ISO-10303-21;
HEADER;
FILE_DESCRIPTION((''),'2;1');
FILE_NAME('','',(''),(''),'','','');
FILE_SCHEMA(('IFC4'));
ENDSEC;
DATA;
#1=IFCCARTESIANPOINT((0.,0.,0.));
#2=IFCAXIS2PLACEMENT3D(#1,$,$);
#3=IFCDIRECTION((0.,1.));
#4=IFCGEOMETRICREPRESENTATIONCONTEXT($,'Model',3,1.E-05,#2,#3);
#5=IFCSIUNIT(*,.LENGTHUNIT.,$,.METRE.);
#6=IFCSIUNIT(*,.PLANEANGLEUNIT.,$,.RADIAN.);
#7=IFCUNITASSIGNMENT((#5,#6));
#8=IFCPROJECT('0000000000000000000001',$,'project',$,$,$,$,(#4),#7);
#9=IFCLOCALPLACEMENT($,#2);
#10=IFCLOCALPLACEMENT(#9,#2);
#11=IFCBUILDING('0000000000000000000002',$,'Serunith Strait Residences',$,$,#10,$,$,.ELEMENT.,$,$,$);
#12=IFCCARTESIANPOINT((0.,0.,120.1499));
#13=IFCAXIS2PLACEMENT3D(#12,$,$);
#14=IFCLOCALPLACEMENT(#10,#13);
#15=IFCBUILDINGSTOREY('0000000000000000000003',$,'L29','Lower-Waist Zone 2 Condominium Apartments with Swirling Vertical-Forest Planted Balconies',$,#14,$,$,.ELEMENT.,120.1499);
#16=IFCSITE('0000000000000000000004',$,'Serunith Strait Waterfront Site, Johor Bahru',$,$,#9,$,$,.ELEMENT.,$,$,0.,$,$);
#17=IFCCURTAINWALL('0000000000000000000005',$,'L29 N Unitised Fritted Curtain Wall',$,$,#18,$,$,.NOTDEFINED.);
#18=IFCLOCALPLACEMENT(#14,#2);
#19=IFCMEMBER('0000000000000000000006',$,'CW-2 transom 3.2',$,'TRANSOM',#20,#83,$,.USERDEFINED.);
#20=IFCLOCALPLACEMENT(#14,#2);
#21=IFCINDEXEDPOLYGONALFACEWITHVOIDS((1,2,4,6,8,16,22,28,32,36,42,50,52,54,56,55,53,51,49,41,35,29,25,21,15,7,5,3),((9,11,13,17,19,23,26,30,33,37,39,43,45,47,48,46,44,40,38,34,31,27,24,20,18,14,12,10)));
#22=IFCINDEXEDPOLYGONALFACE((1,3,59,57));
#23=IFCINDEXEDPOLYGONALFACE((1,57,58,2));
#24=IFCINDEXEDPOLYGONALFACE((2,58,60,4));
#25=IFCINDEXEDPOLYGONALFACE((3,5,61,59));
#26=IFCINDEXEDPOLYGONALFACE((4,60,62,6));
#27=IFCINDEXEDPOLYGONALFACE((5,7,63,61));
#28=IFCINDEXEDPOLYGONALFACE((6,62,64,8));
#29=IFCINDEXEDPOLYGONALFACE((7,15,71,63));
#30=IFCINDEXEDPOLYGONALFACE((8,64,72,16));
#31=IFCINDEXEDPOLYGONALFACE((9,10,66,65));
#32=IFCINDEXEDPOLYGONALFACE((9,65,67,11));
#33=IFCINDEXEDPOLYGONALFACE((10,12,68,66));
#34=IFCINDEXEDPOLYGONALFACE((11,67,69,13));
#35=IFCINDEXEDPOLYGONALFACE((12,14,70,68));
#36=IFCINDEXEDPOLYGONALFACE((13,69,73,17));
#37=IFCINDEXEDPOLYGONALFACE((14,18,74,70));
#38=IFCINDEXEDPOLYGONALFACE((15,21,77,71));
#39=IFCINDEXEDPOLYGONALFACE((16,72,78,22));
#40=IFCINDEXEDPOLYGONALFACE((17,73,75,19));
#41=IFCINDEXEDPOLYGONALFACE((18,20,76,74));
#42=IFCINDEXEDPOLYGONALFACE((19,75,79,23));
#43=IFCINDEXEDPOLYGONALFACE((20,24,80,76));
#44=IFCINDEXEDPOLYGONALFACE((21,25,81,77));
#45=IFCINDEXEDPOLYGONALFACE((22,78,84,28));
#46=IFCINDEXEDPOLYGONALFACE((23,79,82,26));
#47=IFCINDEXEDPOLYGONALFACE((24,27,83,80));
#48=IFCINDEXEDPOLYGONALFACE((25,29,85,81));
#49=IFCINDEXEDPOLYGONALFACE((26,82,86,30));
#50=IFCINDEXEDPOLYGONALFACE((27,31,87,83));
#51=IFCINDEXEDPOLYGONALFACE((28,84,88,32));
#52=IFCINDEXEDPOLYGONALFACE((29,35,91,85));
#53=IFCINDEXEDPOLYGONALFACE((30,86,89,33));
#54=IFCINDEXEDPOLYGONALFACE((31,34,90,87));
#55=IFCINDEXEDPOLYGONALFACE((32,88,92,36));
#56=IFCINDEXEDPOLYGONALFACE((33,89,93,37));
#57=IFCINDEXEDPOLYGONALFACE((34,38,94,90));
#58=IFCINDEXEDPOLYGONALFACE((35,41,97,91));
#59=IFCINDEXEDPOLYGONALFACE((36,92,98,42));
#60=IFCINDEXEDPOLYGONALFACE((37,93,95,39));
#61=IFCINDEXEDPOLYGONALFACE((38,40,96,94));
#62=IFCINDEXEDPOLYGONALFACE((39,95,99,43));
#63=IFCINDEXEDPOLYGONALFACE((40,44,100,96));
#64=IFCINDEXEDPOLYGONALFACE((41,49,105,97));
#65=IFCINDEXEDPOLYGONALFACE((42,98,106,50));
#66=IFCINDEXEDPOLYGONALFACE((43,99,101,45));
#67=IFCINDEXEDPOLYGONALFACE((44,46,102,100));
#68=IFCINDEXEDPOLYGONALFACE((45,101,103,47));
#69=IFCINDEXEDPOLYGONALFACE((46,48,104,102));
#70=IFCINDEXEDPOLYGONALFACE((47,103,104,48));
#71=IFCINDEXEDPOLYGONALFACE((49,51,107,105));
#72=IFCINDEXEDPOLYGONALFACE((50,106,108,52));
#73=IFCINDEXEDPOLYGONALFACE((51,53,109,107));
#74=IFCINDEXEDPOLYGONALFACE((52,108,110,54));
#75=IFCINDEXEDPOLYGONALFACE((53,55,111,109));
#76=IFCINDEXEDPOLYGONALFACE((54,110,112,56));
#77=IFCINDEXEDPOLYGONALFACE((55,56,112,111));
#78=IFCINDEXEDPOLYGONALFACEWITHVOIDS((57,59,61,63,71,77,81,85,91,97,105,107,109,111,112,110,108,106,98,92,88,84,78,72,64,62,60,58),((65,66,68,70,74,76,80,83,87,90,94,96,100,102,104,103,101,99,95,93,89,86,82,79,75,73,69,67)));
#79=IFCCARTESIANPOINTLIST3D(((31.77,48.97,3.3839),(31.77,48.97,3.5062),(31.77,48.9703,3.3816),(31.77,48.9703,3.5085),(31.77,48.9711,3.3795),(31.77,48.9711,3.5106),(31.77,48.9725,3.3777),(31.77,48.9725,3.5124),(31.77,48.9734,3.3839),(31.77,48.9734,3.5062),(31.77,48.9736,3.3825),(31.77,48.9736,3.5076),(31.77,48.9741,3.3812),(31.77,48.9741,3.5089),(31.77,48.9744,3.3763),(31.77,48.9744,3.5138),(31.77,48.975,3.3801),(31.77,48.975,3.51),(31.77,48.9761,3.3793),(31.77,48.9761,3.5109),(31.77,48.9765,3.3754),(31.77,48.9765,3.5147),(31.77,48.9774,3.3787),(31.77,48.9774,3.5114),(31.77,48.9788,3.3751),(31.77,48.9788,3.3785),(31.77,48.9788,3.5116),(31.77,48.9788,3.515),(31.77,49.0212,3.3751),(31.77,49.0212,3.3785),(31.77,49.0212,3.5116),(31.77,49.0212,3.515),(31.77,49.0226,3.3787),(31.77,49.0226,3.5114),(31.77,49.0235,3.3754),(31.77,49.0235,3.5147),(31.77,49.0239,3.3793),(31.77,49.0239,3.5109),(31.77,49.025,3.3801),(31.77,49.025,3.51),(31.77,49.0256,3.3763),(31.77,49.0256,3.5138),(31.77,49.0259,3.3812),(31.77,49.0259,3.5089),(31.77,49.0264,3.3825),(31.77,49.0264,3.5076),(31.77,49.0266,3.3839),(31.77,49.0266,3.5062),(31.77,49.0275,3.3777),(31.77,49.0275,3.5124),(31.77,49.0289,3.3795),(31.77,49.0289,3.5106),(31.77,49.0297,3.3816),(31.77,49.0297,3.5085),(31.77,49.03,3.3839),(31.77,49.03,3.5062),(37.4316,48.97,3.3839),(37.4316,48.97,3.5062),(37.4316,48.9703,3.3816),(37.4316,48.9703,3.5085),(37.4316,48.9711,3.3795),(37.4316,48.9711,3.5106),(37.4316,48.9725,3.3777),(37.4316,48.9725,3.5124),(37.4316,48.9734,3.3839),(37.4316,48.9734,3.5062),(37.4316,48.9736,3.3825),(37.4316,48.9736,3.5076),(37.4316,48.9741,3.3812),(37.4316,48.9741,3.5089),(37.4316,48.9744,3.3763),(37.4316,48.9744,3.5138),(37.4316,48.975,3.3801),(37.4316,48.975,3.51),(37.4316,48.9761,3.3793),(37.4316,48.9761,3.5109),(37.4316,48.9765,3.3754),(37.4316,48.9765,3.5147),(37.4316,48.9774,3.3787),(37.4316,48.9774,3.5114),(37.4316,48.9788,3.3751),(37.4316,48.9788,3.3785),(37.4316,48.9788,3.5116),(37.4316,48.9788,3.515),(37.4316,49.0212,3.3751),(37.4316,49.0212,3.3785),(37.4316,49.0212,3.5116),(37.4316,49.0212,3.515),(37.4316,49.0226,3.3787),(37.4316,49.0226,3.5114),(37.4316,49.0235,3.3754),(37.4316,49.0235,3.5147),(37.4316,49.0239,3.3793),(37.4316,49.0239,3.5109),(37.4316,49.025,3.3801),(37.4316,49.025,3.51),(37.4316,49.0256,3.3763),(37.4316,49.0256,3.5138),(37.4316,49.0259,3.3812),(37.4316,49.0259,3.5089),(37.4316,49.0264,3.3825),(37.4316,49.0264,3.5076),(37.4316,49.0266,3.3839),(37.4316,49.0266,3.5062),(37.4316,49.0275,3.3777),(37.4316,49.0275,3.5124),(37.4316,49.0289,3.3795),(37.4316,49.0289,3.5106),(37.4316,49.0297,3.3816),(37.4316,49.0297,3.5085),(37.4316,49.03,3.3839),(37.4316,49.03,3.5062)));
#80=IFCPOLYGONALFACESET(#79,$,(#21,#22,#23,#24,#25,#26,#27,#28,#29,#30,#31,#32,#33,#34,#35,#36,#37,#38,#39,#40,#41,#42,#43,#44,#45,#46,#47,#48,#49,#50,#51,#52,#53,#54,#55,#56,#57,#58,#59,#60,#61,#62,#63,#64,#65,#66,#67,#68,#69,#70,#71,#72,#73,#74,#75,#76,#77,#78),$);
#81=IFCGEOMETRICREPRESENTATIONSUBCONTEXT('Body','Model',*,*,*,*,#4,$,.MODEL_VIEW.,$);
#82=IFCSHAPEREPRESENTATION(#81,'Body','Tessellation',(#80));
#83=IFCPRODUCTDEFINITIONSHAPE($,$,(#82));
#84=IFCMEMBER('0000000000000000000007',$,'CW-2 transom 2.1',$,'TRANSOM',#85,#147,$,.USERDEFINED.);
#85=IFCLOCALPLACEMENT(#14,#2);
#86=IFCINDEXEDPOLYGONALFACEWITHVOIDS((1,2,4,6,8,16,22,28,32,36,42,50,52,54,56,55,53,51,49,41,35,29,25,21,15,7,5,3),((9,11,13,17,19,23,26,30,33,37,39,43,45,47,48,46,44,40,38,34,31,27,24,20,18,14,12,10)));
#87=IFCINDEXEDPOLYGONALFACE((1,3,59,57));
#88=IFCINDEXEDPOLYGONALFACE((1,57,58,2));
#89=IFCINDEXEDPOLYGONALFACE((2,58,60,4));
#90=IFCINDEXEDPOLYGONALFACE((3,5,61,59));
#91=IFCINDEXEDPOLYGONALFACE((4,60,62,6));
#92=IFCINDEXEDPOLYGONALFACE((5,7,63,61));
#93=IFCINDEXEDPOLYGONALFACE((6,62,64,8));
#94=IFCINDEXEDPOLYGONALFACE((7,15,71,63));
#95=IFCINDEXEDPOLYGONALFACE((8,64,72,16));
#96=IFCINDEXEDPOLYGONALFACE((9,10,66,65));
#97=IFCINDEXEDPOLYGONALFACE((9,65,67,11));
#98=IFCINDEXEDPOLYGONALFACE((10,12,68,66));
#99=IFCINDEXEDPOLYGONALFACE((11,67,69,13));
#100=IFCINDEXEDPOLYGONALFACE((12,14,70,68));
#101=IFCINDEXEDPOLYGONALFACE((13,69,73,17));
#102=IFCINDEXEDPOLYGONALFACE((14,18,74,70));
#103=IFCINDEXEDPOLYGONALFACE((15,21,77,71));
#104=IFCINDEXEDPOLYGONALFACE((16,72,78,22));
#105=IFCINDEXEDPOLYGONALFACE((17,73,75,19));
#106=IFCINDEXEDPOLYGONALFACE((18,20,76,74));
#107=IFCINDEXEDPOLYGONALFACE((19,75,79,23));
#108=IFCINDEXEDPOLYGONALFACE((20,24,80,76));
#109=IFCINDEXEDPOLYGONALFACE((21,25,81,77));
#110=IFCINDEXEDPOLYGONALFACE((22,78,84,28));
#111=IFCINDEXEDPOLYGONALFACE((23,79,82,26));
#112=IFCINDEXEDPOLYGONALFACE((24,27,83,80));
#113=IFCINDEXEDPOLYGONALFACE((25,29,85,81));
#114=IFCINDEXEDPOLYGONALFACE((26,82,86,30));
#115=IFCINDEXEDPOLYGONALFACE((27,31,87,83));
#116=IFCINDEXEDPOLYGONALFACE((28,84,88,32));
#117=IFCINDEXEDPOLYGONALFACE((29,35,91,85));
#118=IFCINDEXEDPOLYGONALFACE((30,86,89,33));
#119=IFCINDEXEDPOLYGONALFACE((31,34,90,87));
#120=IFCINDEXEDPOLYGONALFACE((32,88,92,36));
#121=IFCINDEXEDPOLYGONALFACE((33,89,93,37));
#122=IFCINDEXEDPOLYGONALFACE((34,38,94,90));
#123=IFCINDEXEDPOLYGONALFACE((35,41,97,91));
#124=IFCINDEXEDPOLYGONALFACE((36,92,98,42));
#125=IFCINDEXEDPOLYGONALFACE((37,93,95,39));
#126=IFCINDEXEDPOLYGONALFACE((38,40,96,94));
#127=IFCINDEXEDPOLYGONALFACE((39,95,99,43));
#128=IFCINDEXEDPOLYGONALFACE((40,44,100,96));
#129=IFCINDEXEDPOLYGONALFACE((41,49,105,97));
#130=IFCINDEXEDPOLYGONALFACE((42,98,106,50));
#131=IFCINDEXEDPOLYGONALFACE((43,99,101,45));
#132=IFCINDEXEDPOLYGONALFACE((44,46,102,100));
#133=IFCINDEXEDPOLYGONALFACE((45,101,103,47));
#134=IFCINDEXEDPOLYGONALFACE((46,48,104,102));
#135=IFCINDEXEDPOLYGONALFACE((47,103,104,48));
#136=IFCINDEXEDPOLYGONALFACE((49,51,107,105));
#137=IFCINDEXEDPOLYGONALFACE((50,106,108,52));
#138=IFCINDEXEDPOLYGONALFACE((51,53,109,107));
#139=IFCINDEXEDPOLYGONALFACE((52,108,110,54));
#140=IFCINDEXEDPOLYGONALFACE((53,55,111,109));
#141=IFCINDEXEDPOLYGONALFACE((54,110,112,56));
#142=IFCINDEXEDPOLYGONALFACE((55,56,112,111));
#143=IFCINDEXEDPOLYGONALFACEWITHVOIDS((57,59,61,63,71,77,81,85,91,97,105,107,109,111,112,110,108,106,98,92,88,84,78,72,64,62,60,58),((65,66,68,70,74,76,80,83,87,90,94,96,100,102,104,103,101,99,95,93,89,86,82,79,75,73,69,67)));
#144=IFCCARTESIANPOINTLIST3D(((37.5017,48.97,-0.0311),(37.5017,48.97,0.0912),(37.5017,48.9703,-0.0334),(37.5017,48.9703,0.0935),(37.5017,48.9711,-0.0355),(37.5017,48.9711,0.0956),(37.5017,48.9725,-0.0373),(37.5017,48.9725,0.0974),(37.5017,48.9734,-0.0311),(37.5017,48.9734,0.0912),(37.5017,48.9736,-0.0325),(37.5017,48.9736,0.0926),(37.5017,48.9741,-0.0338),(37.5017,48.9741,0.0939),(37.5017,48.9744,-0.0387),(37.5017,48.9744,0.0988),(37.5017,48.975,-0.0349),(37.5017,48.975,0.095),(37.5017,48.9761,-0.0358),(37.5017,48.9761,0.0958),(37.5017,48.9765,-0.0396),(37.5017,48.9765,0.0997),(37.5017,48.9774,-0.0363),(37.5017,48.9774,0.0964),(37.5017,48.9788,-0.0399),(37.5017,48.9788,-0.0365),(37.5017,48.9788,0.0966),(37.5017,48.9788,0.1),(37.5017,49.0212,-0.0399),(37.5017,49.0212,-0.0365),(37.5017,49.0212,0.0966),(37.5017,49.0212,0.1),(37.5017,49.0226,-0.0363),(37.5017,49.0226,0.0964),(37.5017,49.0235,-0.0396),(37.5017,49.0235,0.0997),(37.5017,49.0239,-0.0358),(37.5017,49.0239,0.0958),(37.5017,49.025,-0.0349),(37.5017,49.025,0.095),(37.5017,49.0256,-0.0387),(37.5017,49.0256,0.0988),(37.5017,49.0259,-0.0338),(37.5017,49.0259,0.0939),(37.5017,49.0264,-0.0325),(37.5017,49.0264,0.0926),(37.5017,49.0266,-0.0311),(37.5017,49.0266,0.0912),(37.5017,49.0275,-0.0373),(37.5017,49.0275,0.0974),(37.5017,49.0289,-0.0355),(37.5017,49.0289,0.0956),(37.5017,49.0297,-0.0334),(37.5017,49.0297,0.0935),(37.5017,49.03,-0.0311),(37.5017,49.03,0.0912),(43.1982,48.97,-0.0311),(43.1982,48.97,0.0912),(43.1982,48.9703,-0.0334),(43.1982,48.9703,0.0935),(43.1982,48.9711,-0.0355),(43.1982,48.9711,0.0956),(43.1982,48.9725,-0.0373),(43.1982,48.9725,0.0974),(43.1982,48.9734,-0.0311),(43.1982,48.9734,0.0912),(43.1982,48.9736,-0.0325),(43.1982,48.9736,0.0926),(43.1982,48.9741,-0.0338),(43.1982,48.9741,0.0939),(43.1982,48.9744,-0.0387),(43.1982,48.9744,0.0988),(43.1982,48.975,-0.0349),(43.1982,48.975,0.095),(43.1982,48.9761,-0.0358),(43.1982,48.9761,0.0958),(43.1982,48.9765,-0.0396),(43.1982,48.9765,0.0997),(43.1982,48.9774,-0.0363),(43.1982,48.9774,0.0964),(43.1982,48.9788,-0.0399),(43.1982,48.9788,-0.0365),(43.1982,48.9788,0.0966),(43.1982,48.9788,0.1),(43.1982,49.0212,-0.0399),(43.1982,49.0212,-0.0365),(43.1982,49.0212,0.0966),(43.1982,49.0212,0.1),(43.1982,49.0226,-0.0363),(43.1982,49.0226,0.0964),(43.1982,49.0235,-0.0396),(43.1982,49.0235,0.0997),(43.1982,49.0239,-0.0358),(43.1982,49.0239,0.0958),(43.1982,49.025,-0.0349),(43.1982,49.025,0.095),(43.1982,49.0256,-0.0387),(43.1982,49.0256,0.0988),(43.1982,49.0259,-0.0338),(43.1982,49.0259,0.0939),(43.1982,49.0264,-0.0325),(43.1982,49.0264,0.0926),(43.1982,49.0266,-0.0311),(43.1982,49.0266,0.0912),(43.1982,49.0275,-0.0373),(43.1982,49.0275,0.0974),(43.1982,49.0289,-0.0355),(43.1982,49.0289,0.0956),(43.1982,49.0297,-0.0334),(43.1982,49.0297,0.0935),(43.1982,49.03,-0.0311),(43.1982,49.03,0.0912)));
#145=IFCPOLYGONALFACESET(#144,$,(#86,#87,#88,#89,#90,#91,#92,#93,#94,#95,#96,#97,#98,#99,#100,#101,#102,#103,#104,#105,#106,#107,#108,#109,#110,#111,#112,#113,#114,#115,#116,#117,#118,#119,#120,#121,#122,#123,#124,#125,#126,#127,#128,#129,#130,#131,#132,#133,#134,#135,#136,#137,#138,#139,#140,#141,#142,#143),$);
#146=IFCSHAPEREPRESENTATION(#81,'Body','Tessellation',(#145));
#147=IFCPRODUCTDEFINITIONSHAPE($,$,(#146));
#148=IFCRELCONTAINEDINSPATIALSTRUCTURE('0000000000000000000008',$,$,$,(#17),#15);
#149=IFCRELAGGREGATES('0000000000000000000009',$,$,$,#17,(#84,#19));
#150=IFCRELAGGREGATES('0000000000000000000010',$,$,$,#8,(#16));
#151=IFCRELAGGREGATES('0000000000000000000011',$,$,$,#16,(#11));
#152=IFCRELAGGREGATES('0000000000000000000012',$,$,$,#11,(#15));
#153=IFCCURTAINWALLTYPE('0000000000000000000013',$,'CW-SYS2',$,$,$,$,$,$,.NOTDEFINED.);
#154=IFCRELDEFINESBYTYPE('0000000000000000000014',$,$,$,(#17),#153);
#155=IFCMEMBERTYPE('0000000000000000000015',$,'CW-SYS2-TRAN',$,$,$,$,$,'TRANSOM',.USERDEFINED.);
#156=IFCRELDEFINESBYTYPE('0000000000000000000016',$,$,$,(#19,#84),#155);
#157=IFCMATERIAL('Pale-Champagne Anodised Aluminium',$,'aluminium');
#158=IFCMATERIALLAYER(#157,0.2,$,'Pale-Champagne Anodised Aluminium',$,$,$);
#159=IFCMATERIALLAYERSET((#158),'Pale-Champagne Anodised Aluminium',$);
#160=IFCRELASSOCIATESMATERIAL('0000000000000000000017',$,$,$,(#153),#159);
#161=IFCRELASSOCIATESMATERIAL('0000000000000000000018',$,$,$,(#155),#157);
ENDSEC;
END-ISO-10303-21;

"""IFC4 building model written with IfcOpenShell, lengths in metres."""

from ifc_helpers import new_model, si_unit, direction, frame, origin, origin_2d, place, context, subcontext, project, spatial, hollow_rectangle, extrude, source, transform, mapped, material, layer, layer_set, material_profile, profile_set, type_object, element, aggregate, save


model = new_model("IFC4")

# Units and contexts
model_context = context("Model", 3, precision=1e-05, world=origin(), true_north=direction((0.0, 1.0)))
body_context = subcontext(model_context, "Body", "Model", "MODEL_VIEW")
ifc_project = project(units=[si_unit("LENGTHUNIT", "METRE"), si_unit("PLANEANGLEUNIT", "RADIAN")], contexts=[model_context])

# Site, building, storey
site_placement = place(None, origin())
site = spatial("IfcSite", under=ifc_project, at=site_placement, Name="Serunith Strait Waterfront Site, Johor Bahru", CompositionType="ELEMENT", RefElevation=0.0)
building_placement = place(site_placement, origin())
building = spatial("IfcBuilding", under=site, at=building_placement, Name="Serunith Strait Residences", CompositionType="ELEMENT")
storey_placement = place(building_placement, frame((0.0, 0.0, 120.1499)))
storey = spatial("IfcBuildingStorey", under=building, at=storey_placement, Name="L29", Description="Lower-Waist Zone 2 Condominium Apartments with Swirling Vertical-Forest Planted Balconies", CompositionType="ELEMENT", Elevation=120.1499)

# Curtain wall, members
ifc_material_1 = material(Name="Pale-Champagne Anodised Aluminium", Category="aluminium")
ifc_layer_1 = layer(ifc_material_1, 0.2, Name="Pale-Champagne Anodised Aluminium")
ifc_layer_set_1 = layer_set([ifc_layer_1], Name="Pale-Champagne Anodised Aluminium")
curtain_wall_type = type_object("IfcCurtainWallType", Name="CW-SYS2", PredefinedType="NOTDEFINED", material=ifc_layer_set_1)
curtain_wall_placement = place(storey_placement, origin())
curtain_wall = element("IfcCurtainWall", 1, at=curtain_wall_placement, inside=storey, type_object=curtain_wall_type, Name="L29 N Unitised Fritted Curtain Wall", PredefinedType="NOTDEFINED")
ifc_material_profile_1 = material_profile(ifc_material_1, hollow_rectangle(XDim=0.0601, YDim=0.1399, WallThickness=0.0034, InnerFilletRadius=0.0054, OuterFilletRadius=0.0088, at=origin_2d()), Name="ALU 140x60x3.5")
ifc_profile_set_1 = profile_set([ifc_material_profile_1], Name="Pale-Champagne Anodised Aluminium")
member_type_1 = type_object("IfcMemberType", Name="CW-SYS2-TRAN", ElementType="TRANSOM", PredefinedType="USERDEFINED", material=ifc_profile_set_1)
shared_shape_1 = source(origin(), body_context, "Body", "SweptSolid", [
    extrude(hollow_rectangle(XDim=0.0601, YDim=0.1399, WallThickness=0.0034, InnerFilletRadius=0.0054, OuterFilletRadius=0.0088, at=origin_2d()), origin(), (0.0, 0.0, 1.0), 5.6616),
])
member_1_placement = place(storey_placement, frame((37.4316, 49.0, 3.4451), z_axis=(-1.0, 0.0, 0.0), x_axis=(0.0, -1.0, 0.0)))
member_1 = element("IfcMember", 2, at=member_1_placement, type_object=member_type_1, Name="CW-2 transom 3.2", ObjectType="TRANSOM", PredefinedType="USERDEFINED", context=body_context, shape_type="MappedRepresentation", body=[
    mapped(shared_shape_1, transform((0.0, 0.0, 0.0), scale=1.0)),
])
shared_shape_2 = source(origin(), body_context, "Body", "SweptSolid", [
    extrude(hollow_rectangle(XDim=0.0601, YDim=0.1399, WallThickness=0.0034, InnerFilletRadius=0.0054, OuterFilletRadius=0.0088, at=origin_2d()), origin(), (0.0, 0.0, 1.0), 5.6965),
])
member_2_placement = place(storey_placement, frame((43.1982, 49.0, 0.03), z_axis=(-1.0, 0.0, 0.0), x_axis=(0.0, -1.0, 0.0)))
member_2 = element("IfcMember", 3, at=member_2_placement, type_object=member_type_1, Name="CW-2 transom 2.1", ObjectType="TRANSOM", PredefinedType="USERDEFINED", context=body_context, shape_type="MappedRepresentation", body=[
    mapped(shared_shape_2, transform((0.0, 0.0, 0.0), scale=1.0)),
])
aggregate(curtain_wall, [member_2, member_1])

save(model, "model.ifc")
